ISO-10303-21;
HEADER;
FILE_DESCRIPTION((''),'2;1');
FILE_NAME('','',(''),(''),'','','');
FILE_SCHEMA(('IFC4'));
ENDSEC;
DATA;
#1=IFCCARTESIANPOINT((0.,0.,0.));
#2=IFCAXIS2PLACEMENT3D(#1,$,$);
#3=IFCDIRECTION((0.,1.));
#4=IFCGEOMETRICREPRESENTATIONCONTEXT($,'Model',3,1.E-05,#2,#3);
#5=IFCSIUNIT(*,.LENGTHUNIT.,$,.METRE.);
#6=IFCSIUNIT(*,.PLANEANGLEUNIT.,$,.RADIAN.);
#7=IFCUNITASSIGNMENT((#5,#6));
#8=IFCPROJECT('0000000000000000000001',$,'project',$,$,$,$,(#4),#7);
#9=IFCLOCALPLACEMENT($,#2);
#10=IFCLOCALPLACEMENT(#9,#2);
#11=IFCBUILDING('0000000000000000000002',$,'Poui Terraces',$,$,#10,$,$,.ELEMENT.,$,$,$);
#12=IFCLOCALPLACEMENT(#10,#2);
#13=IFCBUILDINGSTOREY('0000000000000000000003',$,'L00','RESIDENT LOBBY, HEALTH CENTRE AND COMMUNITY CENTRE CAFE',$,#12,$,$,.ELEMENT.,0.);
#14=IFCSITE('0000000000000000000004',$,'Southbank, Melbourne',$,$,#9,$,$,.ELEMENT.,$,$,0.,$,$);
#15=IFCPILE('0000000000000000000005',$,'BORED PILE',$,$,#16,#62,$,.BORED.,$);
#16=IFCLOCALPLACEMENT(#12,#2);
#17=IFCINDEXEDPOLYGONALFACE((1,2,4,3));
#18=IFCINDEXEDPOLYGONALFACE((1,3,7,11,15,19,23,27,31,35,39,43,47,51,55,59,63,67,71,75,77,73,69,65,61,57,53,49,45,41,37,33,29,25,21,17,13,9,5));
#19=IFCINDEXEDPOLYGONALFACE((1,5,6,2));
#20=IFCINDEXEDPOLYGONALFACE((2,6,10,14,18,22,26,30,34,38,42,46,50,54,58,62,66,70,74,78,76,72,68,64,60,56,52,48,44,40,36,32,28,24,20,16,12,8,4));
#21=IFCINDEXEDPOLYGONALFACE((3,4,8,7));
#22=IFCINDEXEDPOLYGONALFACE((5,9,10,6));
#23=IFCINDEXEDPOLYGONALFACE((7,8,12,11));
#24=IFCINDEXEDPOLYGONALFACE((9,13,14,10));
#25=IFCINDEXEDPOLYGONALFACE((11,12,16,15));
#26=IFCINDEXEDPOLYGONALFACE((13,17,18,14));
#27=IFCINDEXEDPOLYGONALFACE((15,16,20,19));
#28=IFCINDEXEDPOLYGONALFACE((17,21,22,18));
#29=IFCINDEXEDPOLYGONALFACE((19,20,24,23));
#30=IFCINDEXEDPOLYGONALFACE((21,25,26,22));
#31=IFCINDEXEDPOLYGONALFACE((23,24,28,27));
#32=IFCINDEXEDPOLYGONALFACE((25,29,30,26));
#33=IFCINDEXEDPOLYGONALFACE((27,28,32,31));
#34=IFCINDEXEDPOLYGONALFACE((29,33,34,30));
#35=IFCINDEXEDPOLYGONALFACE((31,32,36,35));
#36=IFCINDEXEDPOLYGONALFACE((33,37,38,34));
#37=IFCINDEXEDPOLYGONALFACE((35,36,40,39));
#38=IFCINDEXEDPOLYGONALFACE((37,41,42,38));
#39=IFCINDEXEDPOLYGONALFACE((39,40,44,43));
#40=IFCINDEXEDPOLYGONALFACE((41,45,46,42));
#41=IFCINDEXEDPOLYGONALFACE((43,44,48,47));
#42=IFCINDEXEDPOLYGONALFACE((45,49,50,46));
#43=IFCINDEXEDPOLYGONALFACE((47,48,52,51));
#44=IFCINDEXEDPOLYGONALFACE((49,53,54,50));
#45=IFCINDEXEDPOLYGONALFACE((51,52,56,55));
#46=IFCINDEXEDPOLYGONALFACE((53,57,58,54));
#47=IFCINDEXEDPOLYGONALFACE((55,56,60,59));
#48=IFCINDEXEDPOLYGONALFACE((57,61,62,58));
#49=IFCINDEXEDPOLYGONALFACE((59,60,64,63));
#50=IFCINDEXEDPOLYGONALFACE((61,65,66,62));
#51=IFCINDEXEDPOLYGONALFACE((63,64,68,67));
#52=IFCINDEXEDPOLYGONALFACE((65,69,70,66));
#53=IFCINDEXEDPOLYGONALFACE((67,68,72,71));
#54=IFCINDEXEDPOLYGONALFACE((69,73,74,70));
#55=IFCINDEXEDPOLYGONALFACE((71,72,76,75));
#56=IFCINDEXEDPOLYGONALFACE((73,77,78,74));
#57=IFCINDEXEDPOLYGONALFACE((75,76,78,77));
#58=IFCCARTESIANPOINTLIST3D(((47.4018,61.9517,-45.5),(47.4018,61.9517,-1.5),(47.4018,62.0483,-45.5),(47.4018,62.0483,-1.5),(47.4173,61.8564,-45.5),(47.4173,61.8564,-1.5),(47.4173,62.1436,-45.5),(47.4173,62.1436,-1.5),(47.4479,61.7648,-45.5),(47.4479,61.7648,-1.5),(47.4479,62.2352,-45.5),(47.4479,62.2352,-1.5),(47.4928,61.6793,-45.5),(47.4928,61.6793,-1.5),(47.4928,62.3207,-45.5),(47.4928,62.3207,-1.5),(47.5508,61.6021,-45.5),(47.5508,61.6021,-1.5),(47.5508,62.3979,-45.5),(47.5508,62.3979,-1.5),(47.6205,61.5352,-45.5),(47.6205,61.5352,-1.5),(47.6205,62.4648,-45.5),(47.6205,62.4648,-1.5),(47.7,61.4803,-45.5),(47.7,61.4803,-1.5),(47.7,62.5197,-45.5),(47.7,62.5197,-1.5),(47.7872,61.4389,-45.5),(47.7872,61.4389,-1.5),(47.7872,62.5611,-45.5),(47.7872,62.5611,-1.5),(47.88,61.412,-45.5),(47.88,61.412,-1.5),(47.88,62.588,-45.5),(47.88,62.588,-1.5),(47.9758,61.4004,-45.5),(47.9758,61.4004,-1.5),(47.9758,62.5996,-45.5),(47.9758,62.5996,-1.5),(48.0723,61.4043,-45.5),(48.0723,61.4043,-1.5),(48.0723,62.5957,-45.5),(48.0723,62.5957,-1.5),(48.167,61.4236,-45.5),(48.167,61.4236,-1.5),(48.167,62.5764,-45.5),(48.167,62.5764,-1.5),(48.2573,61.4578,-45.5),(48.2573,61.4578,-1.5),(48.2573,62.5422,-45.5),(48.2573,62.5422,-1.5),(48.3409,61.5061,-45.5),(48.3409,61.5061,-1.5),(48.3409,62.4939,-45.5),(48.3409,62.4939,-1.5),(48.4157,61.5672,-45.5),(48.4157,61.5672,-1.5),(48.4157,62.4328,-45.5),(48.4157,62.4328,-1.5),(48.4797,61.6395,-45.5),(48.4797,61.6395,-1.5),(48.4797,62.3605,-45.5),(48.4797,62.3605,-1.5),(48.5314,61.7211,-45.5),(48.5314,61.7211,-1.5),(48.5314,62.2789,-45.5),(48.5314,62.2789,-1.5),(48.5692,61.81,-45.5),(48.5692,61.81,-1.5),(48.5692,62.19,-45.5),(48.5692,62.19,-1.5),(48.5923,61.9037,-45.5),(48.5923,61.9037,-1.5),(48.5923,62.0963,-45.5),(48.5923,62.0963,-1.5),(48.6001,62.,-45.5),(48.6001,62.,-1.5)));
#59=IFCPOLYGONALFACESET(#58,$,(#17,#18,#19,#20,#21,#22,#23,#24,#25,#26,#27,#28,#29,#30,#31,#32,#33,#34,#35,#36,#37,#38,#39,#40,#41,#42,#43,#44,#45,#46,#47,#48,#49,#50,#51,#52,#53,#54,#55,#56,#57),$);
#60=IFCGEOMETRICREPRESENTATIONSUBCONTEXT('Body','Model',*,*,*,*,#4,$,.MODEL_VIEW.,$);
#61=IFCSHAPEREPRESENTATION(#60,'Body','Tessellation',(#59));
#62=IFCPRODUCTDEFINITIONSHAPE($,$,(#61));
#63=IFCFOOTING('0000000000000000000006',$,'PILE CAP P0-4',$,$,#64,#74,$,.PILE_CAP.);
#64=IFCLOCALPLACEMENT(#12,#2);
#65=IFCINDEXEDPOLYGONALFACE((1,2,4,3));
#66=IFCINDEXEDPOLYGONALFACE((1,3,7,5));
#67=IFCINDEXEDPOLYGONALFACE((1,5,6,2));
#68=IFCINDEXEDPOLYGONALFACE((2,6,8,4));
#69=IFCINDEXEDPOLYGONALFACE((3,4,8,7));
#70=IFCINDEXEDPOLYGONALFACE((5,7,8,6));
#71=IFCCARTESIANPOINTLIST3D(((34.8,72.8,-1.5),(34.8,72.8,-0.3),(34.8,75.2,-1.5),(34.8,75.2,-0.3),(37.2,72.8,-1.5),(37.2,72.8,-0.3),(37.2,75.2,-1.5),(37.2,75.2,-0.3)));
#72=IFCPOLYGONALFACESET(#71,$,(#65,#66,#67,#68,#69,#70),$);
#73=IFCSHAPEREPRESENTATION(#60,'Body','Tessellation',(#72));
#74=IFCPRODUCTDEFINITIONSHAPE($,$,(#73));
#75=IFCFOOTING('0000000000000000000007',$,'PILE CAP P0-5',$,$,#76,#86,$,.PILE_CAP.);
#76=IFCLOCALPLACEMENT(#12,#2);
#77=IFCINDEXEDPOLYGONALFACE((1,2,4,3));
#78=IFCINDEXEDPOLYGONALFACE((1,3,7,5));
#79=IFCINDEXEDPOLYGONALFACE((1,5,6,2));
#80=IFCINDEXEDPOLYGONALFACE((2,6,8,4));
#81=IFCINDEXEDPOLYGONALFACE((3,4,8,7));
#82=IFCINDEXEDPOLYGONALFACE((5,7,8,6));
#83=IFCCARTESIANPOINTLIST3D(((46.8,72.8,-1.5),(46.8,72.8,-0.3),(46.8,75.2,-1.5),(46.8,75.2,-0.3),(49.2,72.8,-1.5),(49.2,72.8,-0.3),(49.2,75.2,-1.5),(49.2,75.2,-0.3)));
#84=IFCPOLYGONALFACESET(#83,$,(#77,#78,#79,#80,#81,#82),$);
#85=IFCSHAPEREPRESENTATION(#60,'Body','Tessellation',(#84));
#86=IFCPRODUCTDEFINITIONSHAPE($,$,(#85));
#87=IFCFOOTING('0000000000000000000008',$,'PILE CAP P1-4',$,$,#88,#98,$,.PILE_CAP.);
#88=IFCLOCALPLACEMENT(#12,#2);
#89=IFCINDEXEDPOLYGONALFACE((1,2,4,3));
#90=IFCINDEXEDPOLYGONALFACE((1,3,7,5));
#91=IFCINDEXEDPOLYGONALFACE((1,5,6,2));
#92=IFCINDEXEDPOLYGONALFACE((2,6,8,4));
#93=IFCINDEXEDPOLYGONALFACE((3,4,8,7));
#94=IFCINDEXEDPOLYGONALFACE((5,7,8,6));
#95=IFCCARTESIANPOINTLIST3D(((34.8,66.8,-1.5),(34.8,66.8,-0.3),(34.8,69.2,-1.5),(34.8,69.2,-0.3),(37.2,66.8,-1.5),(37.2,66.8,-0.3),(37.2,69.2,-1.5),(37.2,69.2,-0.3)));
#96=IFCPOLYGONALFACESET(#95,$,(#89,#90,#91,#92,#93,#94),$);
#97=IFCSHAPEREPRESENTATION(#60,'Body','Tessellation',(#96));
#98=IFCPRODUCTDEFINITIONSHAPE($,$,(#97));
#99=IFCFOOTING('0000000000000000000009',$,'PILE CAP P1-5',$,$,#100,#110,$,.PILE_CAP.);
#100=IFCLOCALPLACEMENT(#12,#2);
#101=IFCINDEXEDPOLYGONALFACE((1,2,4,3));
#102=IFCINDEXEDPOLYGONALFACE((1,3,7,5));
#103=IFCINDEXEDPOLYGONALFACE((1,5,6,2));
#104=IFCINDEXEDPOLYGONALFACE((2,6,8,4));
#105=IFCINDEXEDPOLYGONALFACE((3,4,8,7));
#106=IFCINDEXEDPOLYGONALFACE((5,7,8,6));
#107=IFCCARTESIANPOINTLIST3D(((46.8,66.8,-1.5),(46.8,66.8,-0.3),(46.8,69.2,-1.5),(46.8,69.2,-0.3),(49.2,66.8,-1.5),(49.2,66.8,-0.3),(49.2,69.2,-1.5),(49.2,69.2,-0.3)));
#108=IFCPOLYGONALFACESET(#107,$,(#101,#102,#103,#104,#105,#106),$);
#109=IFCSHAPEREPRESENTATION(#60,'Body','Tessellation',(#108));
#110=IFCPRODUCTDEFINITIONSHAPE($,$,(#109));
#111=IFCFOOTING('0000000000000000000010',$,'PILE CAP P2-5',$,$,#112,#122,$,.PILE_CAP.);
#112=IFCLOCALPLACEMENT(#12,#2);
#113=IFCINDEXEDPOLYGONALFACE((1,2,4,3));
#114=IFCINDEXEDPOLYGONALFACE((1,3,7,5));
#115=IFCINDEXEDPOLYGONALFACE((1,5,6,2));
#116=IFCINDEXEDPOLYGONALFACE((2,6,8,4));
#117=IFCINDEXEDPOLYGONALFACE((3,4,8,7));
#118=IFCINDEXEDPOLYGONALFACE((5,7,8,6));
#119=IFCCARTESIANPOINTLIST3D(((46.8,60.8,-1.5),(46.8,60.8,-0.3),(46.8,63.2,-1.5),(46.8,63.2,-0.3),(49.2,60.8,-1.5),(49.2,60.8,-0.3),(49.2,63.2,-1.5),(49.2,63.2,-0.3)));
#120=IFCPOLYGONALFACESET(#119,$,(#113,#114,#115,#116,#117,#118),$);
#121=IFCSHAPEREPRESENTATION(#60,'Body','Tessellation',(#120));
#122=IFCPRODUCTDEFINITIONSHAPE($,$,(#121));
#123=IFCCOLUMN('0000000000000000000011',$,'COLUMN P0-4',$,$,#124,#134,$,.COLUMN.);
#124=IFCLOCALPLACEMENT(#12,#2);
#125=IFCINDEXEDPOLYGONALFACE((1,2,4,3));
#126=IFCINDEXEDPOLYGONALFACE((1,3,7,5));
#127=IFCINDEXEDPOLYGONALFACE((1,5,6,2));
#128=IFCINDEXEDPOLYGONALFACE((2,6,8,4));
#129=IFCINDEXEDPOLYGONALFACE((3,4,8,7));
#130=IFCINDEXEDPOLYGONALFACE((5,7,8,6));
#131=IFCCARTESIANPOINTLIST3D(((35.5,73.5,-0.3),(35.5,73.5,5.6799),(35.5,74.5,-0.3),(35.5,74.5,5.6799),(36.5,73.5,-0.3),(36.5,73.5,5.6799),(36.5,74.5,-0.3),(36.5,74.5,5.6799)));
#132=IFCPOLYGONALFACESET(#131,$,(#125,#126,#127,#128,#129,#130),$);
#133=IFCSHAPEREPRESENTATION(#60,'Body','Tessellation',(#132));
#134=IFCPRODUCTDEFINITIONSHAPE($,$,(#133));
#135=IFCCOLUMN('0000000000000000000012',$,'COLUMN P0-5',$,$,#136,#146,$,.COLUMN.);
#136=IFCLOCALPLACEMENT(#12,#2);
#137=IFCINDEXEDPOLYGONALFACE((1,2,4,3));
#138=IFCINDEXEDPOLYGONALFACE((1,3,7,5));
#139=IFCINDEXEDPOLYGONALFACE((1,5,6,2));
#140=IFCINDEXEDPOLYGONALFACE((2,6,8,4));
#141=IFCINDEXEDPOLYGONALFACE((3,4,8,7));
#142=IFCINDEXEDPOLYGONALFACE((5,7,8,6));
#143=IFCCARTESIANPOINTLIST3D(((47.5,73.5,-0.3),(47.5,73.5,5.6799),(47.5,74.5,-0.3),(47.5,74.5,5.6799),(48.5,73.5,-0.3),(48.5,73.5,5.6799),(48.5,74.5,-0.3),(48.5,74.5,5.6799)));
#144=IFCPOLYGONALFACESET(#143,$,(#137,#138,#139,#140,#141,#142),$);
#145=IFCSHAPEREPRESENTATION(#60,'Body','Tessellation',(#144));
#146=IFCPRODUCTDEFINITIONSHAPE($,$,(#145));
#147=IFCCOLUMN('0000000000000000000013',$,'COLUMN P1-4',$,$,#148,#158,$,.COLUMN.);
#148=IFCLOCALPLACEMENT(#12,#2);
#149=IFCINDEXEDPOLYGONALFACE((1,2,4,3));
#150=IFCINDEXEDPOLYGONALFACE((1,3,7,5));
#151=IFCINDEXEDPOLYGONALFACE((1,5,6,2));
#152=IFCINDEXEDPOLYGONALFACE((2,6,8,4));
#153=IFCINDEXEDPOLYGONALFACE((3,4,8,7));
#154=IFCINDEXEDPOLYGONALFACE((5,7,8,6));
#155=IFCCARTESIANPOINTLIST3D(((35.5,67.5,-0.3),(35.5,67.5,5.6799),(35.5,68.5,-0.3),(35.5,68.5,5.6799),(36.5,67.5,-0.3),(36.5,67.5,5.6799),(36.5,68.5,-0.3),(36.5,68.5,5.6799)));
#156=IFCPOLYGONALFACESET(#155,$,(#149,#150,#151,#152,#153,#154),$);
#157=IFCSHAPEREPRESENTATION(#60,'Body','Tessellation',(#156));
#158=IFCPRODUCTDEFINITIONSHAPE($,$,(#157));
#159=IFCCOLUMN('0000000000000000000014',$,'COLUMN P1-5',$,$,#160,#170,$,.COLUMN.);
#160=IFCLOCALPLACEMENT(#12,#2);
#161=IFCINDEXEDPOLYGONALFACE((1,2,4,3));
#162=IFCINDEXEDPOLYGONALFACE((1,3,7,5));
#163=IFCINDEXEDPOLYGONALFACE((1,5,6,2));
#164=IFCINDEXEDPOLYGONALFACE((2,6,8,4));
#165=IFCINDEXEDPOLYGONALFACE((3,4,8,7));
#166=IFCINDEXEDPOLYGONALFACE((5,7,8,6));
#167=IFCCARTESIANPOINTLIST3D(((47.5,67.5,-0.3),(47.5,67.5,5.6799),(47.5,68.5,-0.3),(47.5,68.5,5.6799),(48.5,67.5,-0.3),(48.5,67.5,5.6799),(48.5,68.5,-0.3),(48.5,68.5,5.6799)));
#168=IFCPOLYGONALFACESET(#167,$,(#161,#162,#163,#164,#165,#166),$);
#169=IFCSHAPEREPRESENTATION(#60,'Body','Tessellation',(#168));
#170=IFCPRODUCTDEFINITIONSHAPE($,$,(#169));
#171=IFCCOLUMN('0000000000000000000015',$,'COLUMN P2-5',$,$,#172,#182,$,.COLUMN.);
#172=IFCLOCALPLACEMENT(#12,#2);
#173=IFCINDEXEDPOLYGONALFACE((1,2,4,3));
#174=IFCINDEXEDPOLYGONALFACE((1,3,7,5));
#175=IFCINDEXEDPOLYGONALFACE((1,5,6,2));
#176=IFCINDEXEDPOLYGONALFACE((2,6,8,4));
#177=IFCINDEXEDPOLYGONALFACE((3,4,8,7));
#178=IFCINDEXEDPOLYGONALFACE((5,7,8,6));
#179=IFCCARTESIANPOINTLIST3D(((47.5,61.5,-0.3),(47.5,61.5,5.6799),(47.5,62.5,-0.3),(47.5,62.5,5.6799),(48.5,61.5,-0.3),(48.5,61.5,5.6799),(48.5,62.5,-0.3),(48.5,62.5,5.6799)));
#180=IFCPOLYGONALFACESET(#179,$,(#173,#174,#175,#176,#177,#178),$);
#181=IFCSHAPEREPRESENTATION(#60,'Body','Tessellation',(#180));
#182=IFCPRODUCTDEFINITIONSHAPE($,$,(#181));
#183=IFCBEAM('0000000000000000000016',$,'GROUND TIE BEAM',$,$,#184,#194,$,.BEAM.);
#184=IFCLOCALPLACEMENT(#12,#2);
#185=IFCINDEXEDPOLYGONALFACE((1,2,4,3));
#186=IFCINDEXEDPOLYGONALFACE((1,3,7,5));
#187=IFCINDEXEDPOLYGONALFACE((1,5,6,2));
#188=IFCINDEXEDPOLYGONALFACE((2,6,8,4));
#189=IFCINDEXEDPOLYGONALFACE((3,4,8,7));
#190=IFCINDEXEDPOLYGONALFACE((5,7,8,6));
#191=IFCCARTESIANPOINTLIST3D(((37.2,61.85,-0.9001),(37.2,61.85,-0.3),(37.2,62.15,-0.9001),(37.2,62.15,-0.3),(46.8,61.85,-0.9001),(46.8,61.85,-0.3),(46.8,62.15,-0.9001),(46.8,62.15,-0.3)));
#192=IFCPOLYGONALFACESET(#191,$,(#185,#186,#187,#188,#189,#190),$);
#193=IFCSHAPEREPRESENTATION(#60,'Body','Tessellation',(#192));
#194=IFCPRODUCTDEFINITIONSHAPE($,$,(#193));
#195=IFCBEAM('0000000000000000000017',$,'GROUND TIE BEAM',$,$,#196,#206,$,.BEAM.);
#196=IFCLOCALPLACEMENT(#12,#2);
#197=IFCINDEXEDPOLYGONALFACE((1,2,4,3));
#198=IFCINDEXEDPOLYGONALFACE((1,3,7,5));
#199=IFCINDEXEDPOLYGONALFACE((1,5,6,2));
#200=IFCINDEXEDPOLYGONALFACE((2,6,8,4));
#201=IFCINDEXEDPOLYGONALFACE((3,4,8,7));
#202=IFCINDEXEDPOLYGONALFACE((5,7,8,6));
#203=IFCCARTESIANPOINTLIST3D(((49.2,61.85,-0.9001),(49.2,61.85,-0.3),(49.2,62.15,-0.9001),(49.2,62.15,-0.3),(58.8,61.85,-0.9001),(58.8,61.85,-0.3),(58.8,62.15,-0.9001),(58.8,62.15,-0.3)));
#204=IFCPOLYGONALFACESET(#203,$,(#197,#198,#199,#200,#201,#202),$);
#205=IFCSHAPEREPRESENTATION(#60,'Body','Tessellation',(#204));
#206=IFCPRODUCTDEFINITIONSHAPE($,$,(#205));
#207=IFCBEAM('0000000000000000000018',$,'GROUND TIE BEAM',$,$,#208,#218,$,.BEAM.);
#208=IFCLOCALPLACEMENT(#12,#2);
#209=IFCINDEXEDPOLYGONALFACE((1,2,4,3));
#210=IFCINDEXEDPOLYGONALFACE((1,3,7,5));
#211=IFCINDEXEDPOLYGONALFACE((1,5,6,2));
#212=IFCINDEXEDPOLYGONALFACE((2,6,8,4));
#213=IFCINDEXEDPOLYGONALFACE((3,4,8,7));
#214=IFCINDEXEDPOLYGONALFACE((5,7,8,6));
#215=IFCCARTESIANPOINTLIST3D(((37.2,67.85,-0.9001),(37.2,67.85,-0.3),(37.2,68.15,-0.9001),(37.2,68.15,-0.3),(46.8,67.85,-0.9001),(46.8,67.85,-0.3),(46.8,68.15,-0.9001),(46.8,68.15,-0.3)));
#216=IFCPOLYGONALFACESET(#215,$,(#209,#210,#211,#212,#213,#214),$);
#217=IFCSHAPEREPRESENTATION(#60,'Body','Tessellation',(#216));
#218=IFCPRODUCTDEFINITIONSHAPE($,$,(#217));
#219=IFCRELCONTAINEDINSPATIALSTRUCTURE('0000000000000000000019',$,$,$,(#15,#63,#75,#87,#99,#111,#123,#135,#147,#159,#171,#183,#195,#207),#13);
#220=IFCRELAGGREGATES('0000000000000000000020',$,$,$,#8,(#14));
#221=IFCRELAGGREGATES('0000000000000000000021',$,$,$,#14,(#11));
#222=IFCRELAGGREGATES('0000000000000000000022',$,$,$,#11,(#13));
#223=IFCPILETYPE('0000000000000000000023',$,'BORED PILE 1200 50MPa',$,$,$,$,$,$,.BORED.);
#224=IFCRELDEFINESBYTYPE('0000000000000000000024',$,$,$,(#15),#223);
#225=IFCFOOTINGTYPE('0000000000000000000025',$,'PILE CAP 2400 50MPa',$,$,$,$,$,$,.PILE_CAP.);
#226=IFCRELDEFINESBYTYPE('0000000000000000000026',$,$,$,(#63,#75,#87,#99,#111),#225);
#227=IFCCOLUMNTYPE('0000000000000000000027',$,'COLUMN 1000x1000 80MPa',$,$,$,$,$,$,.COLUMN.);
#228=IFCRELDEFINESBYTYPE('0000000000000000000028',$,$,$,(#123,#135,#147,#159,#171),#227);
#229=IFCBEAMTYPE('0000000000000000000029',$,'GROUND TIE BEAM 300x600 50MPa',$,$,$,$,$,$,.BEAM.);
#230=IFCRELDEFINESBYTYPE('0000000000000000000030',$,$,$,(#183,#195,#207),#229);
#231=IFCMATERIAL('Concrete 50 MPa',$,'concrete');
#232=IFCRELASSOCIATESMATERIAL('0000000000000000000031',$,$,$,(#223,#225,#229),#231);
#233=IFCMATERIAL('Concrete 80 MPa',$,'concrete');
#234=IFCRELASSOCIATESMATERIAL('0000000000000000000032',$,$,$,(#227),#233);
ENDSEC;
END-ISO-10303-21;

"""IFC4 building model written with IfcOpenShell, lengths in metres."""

from ifc_helpers import new_model, si_unit, direction, frame, origin, origin_2d, place, context, subcontext, project, spatial, rectangle, circle, extrude, source, transform, mapped, material, material_profile, profile_set, type_object, element, save


model = new_model("IFC4")

# Units and contexts
model_context = context("Model", 3, precision=1e-05, world=origin(), true_north=direction((0.0, 1.0)))
body_context = subcontext(model_context, "Body", "Model", "MODEL_VIEW")
ifc_project = project(units=[si_unit("LENGTHUNIT", "METRE"), si_unit("PLANEANGLEUNIT", "RADIAN")], contexts=[model_context])

# Site, building, storey
site_placement = place(None, origin())
site = spatial("IfcSite", under=ifc_project, at=site_placement, Name="Southbank, Melbourne", CompositionType="ELEMENT", RefElevation=0.0)
building_placement = place(site_placement, origin())
building = spatial("IfcBuilding", under=site, at=building_placement, Name="Poui Terraces", CompositionType="ELEMENT")
storey_placement = place(building_placement, origin())
storey = spatial("IfcBuildingStorey", under=building, at=storey_placement, Name="L00", Description="RESIDENT LOBBY, HEALTH CENTRE AND COMMUNITY CENTRE CAFE", CompositionType="ELEMENT", Elevation=0.0)

# Pile
ifc_material_1 = material(Name="Concrete 50 MPa", Category="concrete")
ifc_material_profile_1 = material_profile(ifc_material_1, circle(Radius=0.6001, at=origin_2d()), Name="RC D1200")
ifc_profile_set_1 = profile_set([ifc_material_profile_1], Name="Concrete 50 MPa")
pile_type = type_object("IfcPileType", Name="BORED PILE 1200 50MPa", PredefinedType="BORED", material=ifc_profile_set_1)
for number, where, z_axis, x_axis, name in (
    (1, (48.0, 62.0, -1.5), (0.0, 0.0, -1.0), (1.0, 0.0, 0.0), "BORED PILE"),
):
    element("IfcPile", number, at=place(storey_placement, frame(where, z_axis=z_axis, x_axis=x_axis)), inside=storey, type_object=pile_type, Name=name, PredefinedType="BORED", context=body_context, shape_type="SweptSolid", body=[
        extrude(circle(Radius=0.6001, at=origin_2d()), origin(), (0.0, 0.0, 1.0), 44.0),
    ])

# Footings
footing_type = type_object("IfcFootingType", Name="PILE CAP 2400 50MPa", PredefinedType="PILE_CAP", material=ifc_material_1)
shared_shape_1 = source(origin(), body_context, "Body", "SweptSolid", [
    extrude(rectangle(XDim=2.3999, YDim=2.3999, at=origin_2d()), origin(), (0.0, 0.0, 1.0), 1.2),
])
for number, where, z_axis, x_axis, name in (
    (2, (36.0, 74.0, -1.5), (0.0, 0.0, 1.0), (1.0, 0.0, 0.0), "PILE CAP P0-4"),
    (3, (48.0, 74.0, -1.5), (0.0, 0.0, 1.0), (1.0, 0.0, 0.0), "PILE CAP P0-5"),
    (4, (36.0, 68.0, -1.5), (0.0, 0.0, 1.0), (1.0, 0.0, 0.0), "PILE CAP P1-4"),
    (5, (48.0, 68.0, -1.5), (0.0, 0.0, 1.0), (1.0, 0.0, 0.0), "PILE CAP P1-5"),
    (6, (48.0, 62.0, -1.5), (0.0, 0.0, 1.0), (1.0, 0.0, 0.0), "PILE CAP P2-5"),
):
    element("IfcFooting", number, at=place(storey_placement, frame(where, z_axis=z_axis, x_axis=x_axis)), inside=storey, type_object=footing_type, Name=name, PredefinedType="PILE_CAP", context=body_context, shape_type="MappedRepresentation", body=[
        mapped(shared_shape_1, transform((0.0, 0.0, 0.0))),
    ])

# Columns
ifc_material_2 = material(Name="Concrete 80 MPa", Category="concrete")
ifc_material_profile_2 = material_profile(ifc_material_2, rectangle(XDim=1.0, YDim=1.0, at=origin_2d()), Name="RC 1000x1000")
ifc_profile_set_2 = profile_set([ifc_material_profile_2], Name="Concrete 80 MPa")
column_type = type_object("IfcColumnType", Name="COLUMN 1000x1000 80MPa", PredefinedType="COLUMN", material=ifc_profile_set_2)
shared_shape_2 = source(origin(), body_context, "Body", "SweptSolid", [
    extrude(rectangle(XDim=1.0, YDim=1.0, at=origin_2d()), origin(), (0.0, 0.0, 1.0), 5.98),
])
for number, where, z_axis, x_axis, name in (
    (7, (36.0, 74.0, -0.3), (0.0, 0.0, 1.0), (1.0, 0.0, 0.0), "COLUMN P0-4"),
    (8, (48.0, 74.0, -0.3), (0.0, 0.0, 1.0), (1.0, 0.0, 0.0), "COLUMN P0-5"),
    (9, (36.0, 68.0, -0.3), (0.0, 0.0, 1.0), (1.0, 0.0, 0.0), "COLUMN P1-4"),
    (10, (48.0, 68.0, -0.3), (0.0, 0.0, 1.0), (1.0, 0.0, 0.0), "COLUMN P1-5"),
    (11, (48.0, 62.0, -0.3), (0.0, 0.0, 1.0), (1.0, 0.0, 0.0), "COLUMN P2-5"),
):
    element("IfcColumn", number, at=place(storey_placement, frame(where, z_axis=z_axis, x_axis=x_axis)), inside=storey, type_object=column_type, Name=name, PredefinedType="COLUMN", context=body_context, shape_type="MappedRepresentation", body=[
        mapped(shared_shape_2, transform((0.0, 0.0, 0.0))),
    ])

# Beams
ifc_material_profile_3 = material_profile(ifc_material_1, rectangle(XDim=0.3, YDim=0.6001, at=origin_2d()), Name="RC 300x600")
ifc_profile_set_3 = profile_set([ifc_material_profile_3], Name="Concrete 50 MPa")
beam_type_1 = type_object("IfcBeamType", Name="GROUND TIE BEAM 300x600 50MPa", PredefinedType="BEAM", material=ifc_profile_set_3)
shared_shape_3 = source(origin(), body_context, "Body", "SweptSolid", [
    extrude(rectangle(XDim=0.3, YDim=0.6001, at=origin_2d()), origin(), (0.0, 0.0, 1.0), 9.6001),
])
for number, where, z_axis, x_axis, name in (
    (12, (37.2, 62.0, -0.6001), (1.0, 0.0, 0.0), (0.0, 1.0, 0.0), "GROUND TIE BEAM"),
    (13, (49.2, 62.0, -0.6001), (1.0, 0.0, 0.0), (0.0, 1.0, 0.0), "GROUND TIE BEAM"),
    (14, (37.2, 68.0, -0.6001), (1.0, 0.0, 0.0), (0.0, 1.0, 0.0), "GROUND TIE BEAM"),
):
    element("IfcBeam", number, at=place(storey_placement, frame(where, z_axis=z_axis, x_axis=x_axis)), inside=storey, type_object=beam_type_1, Name=name, PredefinedType="BEAM", context=body_context, shape_type="MappedRepresentation", body=[
        mapped(shared_shape_3, transform((0.0, 0.0, 0.0))),
    ])

save(model, "model.ifc")
